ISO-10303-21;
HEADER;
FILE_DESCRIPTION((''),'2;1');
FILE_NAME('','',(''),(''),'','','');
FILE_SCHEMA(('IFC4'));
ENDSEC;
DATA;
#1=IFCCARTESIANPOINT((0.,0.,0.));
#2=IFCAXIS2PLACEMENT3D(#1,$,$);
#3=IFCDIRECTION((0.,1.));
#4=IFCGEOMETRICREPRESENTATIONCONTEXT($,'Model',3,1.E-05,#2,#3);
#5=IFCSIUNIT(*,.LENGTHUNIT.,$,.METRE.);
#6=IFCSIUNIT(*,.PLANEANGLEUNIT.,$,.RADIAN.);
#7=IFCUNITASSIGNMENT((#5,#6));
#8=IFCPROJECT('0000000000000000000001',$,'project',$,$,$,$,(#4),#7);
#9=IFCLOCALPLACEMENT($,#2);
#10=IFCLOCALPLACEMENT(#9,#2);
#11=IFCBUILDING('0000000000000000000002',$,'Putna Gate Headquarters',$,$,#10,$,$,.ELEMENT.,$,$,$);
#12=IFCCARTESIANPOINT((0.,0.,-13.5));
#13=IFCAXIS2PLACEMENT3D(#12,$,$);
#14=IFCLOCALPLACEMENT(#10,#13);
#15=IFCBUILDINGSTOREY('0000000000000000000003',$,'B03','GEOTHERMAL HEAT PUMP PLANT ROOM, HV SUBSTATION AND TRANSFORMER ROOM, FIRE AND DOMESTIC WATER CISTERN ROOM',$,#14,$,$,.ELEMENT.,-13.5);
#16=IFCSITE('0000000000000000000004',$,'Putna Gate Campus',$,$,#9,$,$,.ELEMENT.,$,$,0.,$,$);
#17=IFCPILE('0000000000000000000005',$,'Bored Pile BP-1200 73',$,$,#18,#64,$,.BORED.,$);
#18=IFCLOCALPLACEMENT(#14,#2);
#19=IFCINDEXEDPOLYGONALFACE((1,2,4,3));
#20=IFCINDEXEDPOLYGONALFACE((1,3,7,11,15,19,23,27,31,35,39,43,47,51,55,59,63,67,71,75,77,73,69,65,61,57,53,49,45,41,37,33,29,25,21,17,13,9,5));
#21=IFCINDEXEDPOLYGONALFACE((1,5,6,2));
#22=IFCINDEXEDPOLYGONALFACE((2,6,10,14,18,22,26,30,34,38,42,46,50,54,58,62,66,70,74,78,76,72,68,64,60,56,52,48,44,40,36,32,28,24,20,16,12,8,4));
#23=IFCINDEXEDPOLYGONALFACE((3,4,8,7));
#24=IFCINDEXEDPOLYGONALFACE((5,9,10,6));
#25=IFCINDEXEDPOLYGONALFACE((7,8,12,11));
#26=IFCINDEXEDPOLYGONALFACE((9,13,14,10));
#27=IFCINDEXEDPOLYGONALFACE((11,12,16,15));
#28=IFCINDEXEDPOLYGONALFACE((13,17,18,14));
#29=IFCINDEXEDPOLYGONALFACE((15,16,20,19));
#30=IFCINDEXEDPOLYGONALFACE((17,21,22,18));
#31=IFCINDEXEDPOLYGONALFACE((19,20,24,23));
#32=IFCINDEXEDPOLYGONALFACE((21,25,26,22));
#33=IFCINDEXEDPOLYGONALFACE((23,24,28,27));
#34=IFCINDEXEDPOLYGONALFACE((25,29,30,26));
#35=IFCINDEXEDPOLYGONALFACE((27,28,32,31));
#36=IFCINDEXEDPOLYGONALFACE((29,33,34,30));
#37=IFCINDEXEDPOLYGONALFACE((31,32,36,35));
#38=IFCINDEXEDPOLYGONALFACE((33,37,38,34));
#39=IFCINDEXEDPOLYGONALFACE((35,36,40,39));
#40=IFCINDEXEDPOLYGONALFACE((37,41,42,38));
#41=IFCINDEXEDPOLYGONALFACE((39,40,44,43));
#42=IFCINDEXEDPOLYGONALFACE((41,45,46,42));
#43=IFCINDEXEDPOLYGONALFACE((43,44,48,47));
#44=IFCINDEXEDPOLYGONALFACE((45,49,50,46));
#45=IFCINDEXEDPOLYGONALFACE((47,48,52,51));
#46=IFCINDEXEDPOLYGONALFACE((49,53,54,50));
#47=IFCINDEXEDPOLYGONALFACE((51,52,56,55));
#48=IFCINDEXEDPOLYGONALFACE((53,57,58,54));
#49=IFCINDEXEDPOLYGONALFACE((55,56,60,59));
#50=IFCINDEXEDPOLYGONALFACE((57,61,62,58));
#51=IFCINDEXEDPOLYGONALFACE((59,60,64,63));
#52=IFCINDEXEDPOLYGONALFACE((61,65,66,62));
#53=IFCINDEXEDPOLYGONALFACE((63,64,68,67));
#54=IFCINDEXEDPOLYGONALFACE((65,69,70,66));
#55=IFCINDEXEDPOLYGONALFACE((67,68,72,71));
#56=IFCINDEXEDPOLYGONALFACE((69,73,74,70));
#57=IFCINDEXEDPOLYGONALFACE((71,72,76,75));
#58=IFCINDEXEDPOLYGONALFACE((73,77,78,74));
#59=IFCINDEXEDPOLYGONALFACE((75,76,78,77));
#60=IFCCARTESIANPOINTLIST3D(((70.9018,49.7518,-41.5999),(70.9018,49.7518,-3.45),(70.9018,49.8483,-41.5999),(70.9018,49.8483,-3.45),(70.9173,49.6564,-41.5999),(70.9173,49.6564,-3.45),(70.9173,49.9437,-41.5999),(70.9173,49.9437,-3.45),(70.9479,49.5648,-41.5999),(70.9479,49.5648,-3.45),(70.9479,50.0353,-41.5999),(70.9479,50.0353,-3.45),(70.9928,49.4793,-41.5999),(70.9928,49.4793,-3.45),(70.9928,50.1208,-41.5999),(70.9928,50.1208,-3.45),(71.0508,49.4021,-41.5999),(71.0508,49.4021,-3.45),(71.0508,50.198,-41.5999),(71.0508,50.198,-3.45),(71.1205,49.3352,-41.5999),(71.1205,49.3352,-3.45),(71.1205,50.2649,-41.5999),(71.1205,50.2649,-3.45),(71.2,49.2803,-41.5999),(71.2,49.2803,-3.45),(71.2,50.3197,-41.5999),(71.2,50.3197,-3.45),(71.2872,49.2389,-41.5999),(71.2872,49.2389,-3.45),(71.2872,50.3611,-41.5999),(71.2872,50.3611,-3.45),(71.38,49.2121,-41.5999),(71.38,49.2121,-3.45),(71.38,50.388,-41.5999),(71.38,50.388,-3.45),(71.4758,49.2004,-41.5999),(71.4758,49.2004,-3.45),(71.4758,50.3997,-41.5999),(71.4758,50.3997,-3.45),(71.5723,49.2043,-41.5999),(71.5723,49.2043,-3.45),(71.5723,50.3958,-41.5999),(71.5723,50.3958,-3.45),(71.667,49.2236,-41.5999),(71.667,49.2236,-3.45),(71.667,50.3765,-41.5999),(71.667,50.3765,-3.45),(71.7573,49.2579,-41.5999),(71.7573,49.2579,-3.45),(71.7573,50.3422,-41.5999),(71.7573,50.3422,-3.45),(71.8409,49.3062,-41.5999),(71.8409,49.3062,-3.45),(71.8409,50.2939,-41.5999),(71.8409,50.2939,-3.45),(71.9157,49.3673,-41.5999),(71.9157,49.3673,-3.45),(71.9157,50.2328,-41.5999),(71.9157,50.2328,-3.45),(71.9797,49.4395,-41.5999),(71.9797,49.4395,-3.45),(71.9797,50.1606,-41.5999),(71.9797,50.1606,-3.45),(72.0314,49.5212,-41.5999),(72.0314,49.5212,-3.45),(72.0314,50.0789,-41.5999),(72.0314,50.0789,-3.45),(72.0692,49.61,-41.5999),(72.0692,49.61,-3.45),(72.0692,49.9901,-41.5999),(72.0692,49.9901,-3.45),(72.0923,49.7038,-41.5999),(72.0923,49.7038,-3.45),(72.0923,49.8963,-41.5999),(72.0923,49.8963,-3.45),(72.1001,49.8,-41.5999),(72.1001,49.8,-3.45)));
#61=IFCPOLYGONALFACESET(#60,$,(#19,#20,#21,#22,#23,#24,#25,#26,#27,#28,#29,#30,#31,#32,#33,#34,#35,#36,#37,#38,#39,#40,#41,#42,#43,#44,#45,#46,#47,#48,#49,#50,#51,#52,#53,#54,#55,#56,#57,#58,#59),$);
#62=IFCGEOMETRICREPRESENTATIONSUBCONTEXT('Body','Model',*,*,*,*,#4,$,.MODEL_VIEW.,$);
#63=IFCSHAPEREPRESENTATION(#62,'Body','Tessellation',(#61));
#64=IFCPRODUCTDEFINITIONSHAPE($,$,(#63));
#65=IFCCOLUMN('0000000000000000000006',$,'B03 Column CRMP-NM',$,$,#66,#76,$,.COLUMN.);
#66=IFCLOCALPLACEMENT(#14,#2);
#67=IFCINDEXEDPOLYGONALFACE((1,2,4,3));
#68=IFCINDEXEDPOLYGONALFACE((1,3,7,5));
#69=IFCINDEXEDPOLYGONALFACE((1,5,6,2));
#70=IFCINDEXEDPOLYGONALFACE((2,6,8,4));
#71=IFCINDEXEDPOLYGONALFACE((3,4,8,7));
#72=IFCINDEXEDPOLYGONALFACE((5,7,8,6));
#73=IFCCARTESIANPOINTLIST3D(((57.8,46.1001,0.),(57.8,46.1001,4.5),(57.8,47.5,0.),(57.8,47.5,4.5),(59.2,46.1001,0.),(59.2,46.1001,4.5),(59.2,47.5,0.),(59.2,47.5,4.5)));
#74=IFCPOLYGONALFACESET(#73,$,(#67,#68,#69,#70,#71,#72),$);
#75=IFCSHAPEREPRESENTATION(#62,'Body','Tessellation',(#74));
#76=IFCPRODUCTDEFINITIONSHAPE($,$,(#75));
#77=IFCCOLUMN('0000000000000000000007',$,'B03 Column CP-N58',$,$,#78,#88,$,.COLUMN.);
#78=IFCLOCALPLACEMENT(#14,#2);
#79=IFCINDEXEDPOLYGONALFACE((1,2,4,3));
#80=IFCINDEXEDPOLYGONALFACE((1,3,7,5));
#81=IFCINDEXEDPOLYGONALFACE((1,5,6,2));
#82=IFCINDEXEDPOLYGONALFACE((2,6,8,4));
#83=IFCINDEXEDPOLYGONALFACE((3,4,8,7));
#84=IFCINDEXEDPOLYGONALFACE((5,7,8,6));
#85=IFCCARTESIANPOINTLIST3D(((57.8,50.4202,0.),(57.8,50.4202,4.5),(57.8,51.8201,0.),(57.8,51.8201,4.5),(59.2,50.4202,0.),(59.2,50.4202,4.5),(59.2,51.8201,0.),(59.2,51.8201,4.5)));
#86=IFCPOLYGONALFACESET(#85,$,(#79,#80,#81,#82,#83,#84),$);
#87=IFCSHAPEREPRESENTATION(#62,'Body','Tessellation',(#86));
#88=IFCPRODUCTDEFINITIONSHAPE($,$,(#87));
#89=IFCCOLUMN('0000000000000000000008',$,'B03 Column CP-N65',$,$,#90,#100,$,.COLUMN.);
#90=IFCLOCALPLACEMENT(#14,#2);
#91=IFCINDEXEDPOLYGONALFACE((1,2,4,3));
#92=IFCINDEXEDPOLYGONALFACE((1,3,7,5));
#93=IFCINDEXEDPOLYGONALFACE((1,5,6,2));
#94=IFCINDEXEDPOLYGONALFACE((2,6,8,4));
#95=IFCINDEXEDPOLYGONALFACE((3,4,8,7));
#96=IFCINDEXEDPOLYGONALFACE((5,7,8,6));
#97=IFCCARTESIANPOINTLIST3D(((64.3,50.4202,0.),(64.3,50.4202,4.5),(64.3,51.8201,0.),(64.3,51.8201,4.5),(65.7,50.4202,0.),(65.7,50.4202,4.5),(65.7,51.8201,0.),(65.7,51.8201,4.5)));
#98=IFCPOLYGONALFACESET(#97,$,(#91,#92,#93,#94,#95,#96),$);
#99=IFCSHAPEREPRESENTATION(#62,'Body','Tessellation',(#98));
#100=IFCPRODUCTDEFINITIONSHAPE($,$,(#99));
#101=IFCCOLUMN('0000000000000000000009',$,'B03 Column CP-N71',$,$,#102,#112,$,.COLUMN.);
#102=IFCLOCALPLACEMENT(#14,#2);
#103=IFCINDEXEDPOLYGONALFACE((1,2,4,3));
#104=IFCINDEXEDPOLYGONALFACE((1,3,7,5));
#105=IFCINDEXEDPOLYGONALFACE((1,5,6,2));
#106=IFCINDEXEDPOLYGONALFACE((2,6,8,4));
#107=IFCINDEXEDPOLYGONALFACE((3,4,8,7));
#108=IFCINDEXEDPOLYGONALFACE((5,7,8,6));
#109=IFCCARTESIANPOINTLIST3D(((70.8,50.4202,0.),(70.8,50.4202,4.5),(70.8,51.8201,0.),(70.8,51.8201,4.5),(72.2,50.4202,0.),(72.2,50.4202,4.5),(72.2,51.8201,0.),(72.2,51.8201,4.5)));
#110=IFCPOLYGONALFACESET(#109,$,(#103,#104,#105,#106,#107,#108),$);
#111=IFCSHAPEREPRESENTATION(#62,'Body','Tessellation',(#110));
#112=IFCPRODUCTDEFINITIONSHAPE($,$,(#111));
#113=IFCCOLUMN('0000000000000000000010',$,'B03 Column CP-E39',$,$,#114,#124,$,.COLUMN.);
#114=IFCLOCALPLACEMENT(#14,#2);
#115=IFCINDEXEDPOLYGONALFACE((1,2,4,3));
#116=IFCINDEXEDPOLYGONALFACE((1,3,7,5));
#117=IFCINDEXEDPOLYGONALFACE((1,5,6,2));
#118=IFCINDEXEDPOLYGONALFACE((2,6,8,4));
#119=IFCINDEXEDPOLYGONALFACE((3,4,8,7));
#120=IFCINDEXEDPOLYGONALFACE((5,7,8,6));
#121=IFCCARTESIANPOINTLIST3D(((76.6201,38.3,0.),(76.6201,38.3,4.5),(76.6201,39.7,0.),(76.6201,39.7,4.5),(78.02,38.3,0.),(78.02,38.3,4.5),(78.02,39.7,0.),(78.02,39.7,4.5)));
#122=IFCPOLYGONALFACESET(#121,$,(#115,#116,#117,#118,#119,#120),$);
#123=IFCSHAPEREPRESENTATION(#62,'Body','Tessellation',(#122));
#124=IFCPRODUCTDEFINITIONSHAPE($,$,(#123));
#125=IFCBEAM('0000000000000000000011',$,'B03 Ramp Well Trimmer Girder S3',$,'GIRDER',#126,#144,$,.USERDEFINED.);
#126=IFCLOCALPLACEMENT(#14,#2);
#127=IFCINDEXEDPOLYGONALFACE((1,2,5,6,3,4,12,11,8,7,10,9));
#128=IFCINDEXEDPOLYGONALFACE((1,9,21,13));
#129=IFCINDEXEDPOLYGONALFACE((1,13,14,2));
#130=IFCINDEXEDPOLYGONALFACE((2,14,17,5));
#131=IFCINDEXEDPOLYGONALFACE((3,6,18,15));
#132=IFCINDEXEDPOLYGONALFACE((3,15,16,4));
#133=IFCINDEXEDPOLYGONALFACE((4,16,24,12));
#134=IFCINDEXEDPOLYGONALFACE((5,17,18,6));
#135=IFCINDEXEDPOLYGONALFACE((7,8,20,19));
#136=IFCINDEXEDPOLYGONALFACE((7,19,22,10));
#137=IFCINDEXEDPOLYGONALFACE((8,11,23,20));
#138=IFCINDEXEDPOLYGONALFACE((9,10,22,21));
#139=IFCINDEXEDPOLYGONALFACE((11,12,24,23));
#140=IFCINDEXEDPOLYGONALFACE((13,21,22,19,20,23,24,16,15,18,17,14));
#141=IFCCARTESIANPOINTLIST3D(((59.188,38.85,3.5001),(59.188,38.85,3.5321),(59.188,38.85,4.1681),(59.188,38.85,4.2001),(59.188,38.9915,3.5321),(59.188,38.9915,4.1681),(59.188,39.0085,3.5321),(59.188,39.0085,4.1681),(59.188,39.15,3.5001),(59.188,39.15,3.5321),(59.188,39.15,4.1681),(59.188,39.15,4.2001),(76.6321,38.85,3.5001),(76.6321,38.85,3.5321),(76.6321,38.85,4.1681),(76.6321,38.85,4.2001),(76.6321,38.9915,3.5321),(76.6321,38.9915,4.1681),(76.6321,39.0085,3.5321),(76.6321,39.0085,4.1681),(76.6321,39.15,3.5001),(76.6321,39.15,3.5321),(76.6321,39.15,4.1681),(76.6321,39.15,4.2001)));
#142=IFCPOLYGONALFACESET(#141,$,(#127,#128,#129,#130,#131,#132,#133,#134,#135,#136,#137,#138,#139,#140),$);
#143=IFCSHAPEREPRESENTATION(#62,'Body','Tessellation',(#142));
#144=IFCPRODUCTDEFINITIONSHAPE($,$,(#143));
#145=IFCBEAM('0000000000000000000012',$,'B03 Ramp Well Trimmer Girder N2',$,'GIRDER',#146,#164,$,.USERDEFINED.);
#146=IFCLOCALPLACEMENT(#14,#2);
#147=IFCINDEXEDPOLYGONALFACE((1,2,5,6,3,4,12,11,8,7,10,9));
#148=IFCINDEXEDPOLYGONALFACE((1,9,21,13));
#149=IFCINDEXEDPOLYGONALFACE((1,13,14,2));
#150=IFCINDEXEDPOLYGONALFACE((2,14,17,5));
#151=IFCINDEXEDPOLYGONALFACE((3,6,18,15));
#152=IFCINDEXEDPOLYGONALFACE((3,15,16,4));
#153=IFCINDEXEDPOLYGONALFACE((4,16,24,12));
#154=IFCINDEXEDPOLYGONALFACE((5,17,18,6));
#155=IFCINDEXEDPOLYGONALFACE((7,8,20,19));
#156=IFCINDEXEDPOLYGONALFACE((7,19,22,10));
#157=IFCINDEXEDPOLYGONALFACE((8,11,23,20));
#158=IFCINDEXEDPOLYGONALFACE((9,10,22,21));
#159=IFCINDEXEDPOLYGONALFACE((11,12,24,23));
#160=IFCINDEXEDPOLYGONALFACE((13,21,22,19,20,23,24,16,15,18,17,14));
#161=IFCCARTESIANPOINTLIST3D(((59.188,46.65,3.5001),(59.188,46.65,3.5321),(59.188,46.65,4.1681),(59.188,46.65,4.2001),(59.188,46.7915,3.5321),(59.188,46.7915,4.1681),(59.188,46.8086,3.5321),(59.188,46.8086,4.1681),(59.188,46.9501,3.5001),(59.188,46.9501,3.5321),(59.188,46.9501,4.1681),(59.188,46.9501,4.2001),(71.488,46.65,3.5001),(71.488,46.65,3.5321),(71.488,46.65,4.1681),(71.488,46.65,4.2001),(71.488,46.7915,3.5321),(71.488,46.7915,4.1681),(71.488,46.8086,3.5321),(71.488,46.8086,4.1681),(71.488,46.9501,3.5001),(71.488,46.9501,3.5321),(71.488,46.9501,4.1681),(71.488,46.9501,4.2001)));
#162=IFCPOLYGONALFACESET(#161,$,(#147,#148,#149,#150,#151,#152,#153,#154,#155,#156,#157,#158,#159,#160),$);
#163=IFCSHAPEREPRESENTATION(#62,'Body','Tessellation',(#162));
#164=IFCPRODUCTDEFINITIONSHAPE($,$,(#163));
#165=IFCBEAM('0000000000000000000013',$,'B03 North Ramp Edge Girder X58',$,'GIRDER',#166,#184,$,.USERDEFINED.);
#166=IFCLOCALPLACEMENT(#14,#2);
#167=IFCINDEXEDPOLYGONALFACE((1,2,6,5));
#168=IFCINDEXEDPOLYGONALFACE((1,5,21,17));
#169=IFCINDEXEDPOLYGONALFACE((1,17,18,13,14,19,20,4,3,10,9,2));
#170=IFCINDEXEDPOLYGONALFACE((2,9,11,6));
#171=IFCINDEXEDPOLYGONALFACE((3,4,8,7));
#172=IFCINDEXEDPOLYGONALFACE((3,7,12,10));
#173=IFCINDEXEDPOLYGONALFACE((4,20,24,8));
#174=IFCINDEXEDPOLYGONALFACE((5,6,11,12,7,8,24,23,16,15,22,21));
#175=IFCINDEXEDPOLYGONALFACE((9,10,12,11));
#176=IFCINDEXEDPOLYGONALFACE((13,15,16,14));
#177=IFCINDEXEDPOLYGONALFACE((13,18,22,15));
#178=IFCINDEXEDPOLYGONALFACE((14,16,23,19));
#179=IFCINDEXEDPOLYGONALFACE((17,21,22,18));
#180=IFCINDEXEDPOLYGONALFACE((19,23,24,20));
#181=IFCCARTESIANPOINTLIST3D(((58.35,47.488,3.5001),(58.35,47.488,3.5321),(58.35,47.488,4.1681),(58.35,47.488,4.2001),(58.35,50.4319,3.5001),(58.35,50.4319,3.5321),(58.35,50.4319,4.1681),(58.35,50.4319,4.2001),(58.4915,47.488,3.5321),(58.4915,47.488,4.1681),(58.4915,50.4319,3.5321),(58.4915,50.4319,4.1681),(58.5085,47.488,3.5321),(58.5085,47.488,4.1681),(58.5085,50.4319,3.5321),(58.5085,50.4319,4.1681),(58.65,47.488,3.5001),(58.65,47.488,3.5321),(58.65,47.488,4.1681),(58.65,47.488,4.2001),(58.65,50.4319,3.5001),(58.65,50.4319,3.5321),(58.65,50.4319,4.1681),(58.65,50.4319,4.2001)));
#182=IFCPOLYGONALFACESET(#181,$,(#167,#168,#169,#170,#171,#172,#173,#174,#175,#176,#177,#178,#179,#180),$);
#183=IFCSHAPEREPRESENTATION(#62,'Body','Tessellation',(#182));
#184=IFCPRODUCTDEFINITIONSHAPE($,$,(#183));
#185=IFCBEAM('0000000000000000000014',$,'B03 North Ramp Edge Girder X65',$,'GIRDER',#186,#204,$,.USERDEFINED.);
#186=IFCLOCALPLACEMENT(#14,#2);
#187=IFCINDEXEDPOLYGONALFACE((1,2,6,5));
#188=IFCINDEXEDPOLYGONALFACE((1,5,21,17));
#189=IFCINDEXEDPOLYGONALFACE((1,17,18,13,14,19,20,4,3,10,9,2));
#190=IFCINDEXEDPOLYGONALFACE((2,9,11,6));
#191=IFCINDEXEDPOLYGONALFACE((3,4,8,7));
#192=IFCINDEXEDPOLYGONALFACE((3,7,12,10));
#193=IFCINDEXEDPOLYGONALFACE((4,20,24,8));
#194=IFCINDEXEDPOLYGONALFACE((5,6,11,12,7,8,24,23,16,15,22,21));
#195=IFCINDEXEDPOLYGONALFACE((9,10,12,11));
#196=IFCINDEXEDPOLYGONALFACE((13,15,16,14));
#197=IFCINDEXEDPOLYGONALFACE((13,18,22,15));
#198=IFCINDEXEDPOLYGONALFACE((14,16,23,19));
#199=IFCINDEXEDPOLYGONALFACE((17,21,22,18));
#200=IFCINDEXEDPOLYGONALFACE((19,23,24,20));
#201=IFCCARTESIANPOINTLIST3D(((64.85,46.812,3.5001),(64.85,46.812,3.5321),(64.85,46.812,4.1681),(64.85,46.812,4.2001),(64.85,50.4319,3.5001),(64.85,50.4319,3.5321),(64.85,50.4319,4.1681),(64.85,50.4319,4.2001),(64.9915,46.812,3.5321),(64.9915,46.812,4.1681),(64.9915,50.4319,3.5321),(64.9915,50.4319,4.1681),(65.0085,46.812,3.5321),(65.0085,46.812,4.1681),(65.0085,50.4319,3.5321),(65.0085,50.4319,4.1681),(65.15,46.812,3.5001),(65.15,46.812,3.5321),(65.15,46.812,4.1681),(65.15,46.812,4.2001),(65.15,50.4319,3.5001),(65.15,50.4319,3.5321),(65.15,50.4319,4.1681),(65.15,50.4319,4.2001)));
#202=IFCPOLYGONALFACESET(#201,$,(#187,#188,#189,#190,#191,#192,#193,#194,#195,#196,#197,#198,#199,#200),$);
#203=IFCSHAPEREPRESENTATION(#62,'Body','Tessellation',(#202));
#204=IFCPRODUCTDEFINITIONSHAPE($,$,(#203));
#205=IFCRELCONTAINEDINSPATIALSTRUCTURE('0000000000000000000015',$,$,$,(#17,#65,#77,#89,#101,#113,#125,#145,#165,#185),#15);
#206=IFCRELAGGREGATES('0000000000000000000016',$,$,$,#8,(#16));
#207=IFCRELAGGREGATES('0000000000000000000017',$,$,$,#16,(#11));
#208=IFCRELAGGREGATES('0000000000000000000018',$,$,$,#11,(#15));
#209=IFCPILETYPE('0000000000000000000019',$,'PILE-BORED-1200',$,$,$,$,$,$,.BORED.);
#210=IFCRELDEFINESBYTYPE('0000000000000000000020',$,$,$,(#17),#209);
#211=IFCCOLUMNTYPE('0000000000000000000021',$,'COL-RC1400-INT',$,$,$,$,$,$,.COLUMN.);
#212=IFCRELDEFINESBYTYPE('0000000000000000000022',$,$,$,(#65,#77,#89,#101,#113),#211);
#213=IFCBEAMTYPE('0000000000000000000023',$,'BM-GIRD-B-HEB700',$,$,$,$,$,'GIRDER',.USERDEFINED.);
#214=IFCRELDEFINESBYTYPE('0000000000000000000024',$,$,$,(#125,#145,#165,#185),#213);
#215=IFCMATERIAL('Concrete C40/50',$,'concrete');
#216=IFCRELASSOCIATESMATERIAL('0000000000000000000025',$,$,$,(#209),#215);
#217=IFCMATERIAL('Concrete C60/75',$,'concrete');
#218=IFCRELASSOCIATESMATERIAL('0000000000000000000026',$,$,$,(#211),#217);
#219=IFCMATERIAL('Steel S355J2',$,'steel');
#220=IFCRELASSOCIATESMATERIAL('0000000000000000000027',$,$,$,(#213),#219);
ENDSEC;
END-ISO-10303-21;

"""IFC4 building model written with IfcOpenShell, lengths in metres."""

from ifc_helpers import new_model, si_unit, direction, frame, origin, origin_2d, place, context, subcontext, project, spatial, rectangle, circle, i_section, extrude, material, material_profile, profile_set, type_object, element, save


model = new_model("IFC4")

# Units and contexts
model_context = context("Model", 3, precision=1e-05, world=origin(), true_north=direction((0.0, 1.0)))
body_context = subcontext(model_context, "Body", "Model", "MODEL_VIEW")
ifc_project = project(units=[si_unit("LENGTHUNIT", "METRE"), si_unit("PLANEANGLEUNIT", "RADIAN")], contexts=[model_context])

# Site, building, storey
site_placement = place(None, origin())
site = spatial("IfcSite", under=ifc_project, at=site_placement, Name="Putna Gate Campus", CompositionType="ELEMENT", RefElevation=0.0)
building_placement = place(site_placement, origin())
building = spatial("IfcBuilding", under=site, at=building_placement, Name="Putna Gate Headquarters", CompositionType="ELEMENT")
storey_placement = place(building_placement, frame((0.0, 0.0, -13.5)))
storey = spatial("IfcBuildingStorey", under=building, at=storey_placement, Name="B03", Description="GEOTHERMAL HEAT PUMP PLANT ROOM, HV SUBSTATION AND TRANSFORMER ROOM, FIRE AND DOMESTIC WATER CISTERN ROOM", CompositionType="ELEMENT", Elevation=-13.5)

# Shared definitions
ifc_material_1 = material(Name="Concrete C40/50", Category="concrete")

# Pile
ifc_material_profile_1 = material_profile(ifc_material_1, circle(Radius=0.6001, at=origin_2d()), Name="Concrete C40/50")
ifc_profile_set_1 = profile_set([ifc_material_profile_1], Name="Concrete C40/50")
pile_type = type_object("IfcPileType", Name="PILE-BORED-1200", PredefinedType="BORED", material=ifc_profile_set_1)
for number, where, z_axis, x_axis, name in (
    (1, (71.5, 49.8, -3.45), (0.0, 0.0, -1.0), (1.0, 0.0, 0.0), "Bored Pile BP-1200 73"),
):
    element("IfcPile", number, at=place(storey_placement, frame(where, z_axis=z_axis, x_axis=x_axis)), inside=storey, type_object=pile_type, Name=name, PredefinedType="BORED", context=body_context, shape_type="SweptSolid", body=[
        extrude(circle(Radius=0.6001, at=origin_2d()), origin(), (0.0, 0.0, 1.0), 38.1499),
    ])

# Columns
ifc_material_2 = material(Name="Concrete C60/75", Category="concrete")
ifc_material_profile_2 = material_profile(ifc_material_2, rectangle(XDim=1.3999, YDim=1.3999, at=origin_2d()), Name="Concrete C60/75")
ifc_profile_set_2 = profile_set([ifc_material_profile_2], Name="Concrete C60/75")
column_type = type_object("IfcColumnType", Name="COL-RC1400-INT", PredefinedType="COLUMN", material=ifc_profile_set_2)
for number, where, z_axis, x_axis, name in (
    (2, (58.5, 46.8, 0.0), (0.0, 0.0, 1.0), (1.0, 0.0, 0.0), "B03 Column CRMP-NM"),
    (3, (58.5, 51.1201, 0.0), (0.0, 0.0, 1.0), (1.0, 0.0, 0.0), "B03 Column CP-N58"),
    (4, (65.0, 51.1201, 0.0), (0.0, 0.0, 1.0), (1.0, 0.0, 0.0), "B03 Column CP-N65"),
    (5, (71.5, 51.1201, 0.0), (0.0, 0.0, 1.0), (1.0, 0.0, 0.0), "B03 Column CP-N71"),
    (6, (77.3201, 39.0, 0.0), (0.0, 0.0, 1.0), (1.0, 0.0, 0.0), "B03 Column CP-E39"),
):
    element("IfcColumn", number, at=place(storey_placement, frame(where, z_axis=z_axis, x_axis=x_axis)), inside=storey, type_object=column_type, Name=name, PredefinedType="COLUMN", context=body_context, shape_type="SweptSolid", body=[
        extrude(rectangle(XDim=1.3999, YDim=1.3999, at=origin_2d()), origin(), (0.0, 0.0, 1.0), 4.5),
    ])

# Beams
ifc_material_3 = material(Name="Steel S355J2", Category="steel")
ifc_material_profile_3 = material_profile(ifc_material_3, i_section(OverallWidth=0.3, OverallDepth=0.7, WebThickness=0.0171, FlangeThickness=0.032, at=origin_2d()), Name="Steel S355J2")
ifc_profile_set_3 = profile_set([ifc_material_profile_3], Name="Steel S355J2")
beam_type_1 = type_object("IfcBeamType", Name="BM-GIRD-B-HEB700", ElementType="GIRDER", PredefinedType="USERDEFINED", material=ifc_profile_set_3)
beam_1_placement = place(storey_placement, frame((59.188, 39.0, 3.8501), z_axis=(1.0, 0.0, 0.0), x_axis=(0.0, 1.0, 0.0)))
element("IfcBeam", 7, at=beam_1_placement, inside=storey, type_object=beam_type_1, Name="B03 Ramp Well Trimmer Girder S3", ObjectType="GIRDER", PredefinedType="USERDEFINED", context=body_context, shape_type="SweptSolid", body=[
    extrude(i_section(OverallWidth=0.3, OverallDepth=0.7, WebThickness=0.0171, FlangeThickness=0.032, at=origin_2d()), origin(), (0.0, 0.0, 1.0), 17.4441),
])
beam_2_placement = place(storey_placement, frame((59.188, 46.8, 3.8501), z_axis=(1.0, 0.0, 0.0), x_axis=(0.0, 1.0, 0.0)))
element("IfcBeam", 8, at=beam_2_placement, inside=storey, type_object=beam_type_1, Name="B03 Ramp Well Trimmer Girder N2", ObjectType="GIRDER", PredefinedType="USERDEFINED", context=body_context, shape_type="SweptSolid", body=[
    extrude(i_section(OverallWidth=0.3, OverallDepth=0.7, WebThickness=0.0171, FlangeThickness=0.032, at=origin_2d()), origin(), (0.0, 0.0, 1.0), 12.3),
])
beam_3_placement = place(storey_placement, frame((58.5, 47.488, 3.8501), z_axis=(0.0, 1.0, 0.0), x_axis=(-1.0, 0.0, 0.0)))
element("IfcBeam", 9, at=beam_3_placement, inside=storey, type_object=beam_type_1, Name="B03 North Ramp Edge Girder X58", ObjectType="GIRDER", PredefinedType="USERDEFINED", context=body_context, shape_type="SweptSolid", body=[
    extrude(i_section(OverallWidth=0.3, OverallDepth=0.7, WebThickness=0.0171, FlangeThickness=0.032, at=origin_2d()), origin(), (0.0, 0.0, 1.0), 2.9438),
])
for number, where, z_axis, x_axis, name in (
    (10, (65.0, 46.812, 3.8501), (0.0, 1.0, 0.0), (-1.0, 0.0, 0.0), "B03 North Ramp Edge Girder X65"),
):
    element("IfcBeam", number, at=place(storey_placement, frame(where, z_axis=z_axis, x_axis=x_axis)), inside=storey, type_object=beam_type_1, Name=name, ObjectType="GIRDER", PredefinedType="USERDEFINED", context=body_context, shape_type="SweptSolid", body=[
        extrude(i_section(OverallWidth=0.3, OverallDepth=0.7, WebThickness=0.0171, FlangeThickness=0.032, at=origin_2d()), origin(), (0.0, 0.0, 1.0), 3.6199),
    ])

save(model, "model.ifc")
